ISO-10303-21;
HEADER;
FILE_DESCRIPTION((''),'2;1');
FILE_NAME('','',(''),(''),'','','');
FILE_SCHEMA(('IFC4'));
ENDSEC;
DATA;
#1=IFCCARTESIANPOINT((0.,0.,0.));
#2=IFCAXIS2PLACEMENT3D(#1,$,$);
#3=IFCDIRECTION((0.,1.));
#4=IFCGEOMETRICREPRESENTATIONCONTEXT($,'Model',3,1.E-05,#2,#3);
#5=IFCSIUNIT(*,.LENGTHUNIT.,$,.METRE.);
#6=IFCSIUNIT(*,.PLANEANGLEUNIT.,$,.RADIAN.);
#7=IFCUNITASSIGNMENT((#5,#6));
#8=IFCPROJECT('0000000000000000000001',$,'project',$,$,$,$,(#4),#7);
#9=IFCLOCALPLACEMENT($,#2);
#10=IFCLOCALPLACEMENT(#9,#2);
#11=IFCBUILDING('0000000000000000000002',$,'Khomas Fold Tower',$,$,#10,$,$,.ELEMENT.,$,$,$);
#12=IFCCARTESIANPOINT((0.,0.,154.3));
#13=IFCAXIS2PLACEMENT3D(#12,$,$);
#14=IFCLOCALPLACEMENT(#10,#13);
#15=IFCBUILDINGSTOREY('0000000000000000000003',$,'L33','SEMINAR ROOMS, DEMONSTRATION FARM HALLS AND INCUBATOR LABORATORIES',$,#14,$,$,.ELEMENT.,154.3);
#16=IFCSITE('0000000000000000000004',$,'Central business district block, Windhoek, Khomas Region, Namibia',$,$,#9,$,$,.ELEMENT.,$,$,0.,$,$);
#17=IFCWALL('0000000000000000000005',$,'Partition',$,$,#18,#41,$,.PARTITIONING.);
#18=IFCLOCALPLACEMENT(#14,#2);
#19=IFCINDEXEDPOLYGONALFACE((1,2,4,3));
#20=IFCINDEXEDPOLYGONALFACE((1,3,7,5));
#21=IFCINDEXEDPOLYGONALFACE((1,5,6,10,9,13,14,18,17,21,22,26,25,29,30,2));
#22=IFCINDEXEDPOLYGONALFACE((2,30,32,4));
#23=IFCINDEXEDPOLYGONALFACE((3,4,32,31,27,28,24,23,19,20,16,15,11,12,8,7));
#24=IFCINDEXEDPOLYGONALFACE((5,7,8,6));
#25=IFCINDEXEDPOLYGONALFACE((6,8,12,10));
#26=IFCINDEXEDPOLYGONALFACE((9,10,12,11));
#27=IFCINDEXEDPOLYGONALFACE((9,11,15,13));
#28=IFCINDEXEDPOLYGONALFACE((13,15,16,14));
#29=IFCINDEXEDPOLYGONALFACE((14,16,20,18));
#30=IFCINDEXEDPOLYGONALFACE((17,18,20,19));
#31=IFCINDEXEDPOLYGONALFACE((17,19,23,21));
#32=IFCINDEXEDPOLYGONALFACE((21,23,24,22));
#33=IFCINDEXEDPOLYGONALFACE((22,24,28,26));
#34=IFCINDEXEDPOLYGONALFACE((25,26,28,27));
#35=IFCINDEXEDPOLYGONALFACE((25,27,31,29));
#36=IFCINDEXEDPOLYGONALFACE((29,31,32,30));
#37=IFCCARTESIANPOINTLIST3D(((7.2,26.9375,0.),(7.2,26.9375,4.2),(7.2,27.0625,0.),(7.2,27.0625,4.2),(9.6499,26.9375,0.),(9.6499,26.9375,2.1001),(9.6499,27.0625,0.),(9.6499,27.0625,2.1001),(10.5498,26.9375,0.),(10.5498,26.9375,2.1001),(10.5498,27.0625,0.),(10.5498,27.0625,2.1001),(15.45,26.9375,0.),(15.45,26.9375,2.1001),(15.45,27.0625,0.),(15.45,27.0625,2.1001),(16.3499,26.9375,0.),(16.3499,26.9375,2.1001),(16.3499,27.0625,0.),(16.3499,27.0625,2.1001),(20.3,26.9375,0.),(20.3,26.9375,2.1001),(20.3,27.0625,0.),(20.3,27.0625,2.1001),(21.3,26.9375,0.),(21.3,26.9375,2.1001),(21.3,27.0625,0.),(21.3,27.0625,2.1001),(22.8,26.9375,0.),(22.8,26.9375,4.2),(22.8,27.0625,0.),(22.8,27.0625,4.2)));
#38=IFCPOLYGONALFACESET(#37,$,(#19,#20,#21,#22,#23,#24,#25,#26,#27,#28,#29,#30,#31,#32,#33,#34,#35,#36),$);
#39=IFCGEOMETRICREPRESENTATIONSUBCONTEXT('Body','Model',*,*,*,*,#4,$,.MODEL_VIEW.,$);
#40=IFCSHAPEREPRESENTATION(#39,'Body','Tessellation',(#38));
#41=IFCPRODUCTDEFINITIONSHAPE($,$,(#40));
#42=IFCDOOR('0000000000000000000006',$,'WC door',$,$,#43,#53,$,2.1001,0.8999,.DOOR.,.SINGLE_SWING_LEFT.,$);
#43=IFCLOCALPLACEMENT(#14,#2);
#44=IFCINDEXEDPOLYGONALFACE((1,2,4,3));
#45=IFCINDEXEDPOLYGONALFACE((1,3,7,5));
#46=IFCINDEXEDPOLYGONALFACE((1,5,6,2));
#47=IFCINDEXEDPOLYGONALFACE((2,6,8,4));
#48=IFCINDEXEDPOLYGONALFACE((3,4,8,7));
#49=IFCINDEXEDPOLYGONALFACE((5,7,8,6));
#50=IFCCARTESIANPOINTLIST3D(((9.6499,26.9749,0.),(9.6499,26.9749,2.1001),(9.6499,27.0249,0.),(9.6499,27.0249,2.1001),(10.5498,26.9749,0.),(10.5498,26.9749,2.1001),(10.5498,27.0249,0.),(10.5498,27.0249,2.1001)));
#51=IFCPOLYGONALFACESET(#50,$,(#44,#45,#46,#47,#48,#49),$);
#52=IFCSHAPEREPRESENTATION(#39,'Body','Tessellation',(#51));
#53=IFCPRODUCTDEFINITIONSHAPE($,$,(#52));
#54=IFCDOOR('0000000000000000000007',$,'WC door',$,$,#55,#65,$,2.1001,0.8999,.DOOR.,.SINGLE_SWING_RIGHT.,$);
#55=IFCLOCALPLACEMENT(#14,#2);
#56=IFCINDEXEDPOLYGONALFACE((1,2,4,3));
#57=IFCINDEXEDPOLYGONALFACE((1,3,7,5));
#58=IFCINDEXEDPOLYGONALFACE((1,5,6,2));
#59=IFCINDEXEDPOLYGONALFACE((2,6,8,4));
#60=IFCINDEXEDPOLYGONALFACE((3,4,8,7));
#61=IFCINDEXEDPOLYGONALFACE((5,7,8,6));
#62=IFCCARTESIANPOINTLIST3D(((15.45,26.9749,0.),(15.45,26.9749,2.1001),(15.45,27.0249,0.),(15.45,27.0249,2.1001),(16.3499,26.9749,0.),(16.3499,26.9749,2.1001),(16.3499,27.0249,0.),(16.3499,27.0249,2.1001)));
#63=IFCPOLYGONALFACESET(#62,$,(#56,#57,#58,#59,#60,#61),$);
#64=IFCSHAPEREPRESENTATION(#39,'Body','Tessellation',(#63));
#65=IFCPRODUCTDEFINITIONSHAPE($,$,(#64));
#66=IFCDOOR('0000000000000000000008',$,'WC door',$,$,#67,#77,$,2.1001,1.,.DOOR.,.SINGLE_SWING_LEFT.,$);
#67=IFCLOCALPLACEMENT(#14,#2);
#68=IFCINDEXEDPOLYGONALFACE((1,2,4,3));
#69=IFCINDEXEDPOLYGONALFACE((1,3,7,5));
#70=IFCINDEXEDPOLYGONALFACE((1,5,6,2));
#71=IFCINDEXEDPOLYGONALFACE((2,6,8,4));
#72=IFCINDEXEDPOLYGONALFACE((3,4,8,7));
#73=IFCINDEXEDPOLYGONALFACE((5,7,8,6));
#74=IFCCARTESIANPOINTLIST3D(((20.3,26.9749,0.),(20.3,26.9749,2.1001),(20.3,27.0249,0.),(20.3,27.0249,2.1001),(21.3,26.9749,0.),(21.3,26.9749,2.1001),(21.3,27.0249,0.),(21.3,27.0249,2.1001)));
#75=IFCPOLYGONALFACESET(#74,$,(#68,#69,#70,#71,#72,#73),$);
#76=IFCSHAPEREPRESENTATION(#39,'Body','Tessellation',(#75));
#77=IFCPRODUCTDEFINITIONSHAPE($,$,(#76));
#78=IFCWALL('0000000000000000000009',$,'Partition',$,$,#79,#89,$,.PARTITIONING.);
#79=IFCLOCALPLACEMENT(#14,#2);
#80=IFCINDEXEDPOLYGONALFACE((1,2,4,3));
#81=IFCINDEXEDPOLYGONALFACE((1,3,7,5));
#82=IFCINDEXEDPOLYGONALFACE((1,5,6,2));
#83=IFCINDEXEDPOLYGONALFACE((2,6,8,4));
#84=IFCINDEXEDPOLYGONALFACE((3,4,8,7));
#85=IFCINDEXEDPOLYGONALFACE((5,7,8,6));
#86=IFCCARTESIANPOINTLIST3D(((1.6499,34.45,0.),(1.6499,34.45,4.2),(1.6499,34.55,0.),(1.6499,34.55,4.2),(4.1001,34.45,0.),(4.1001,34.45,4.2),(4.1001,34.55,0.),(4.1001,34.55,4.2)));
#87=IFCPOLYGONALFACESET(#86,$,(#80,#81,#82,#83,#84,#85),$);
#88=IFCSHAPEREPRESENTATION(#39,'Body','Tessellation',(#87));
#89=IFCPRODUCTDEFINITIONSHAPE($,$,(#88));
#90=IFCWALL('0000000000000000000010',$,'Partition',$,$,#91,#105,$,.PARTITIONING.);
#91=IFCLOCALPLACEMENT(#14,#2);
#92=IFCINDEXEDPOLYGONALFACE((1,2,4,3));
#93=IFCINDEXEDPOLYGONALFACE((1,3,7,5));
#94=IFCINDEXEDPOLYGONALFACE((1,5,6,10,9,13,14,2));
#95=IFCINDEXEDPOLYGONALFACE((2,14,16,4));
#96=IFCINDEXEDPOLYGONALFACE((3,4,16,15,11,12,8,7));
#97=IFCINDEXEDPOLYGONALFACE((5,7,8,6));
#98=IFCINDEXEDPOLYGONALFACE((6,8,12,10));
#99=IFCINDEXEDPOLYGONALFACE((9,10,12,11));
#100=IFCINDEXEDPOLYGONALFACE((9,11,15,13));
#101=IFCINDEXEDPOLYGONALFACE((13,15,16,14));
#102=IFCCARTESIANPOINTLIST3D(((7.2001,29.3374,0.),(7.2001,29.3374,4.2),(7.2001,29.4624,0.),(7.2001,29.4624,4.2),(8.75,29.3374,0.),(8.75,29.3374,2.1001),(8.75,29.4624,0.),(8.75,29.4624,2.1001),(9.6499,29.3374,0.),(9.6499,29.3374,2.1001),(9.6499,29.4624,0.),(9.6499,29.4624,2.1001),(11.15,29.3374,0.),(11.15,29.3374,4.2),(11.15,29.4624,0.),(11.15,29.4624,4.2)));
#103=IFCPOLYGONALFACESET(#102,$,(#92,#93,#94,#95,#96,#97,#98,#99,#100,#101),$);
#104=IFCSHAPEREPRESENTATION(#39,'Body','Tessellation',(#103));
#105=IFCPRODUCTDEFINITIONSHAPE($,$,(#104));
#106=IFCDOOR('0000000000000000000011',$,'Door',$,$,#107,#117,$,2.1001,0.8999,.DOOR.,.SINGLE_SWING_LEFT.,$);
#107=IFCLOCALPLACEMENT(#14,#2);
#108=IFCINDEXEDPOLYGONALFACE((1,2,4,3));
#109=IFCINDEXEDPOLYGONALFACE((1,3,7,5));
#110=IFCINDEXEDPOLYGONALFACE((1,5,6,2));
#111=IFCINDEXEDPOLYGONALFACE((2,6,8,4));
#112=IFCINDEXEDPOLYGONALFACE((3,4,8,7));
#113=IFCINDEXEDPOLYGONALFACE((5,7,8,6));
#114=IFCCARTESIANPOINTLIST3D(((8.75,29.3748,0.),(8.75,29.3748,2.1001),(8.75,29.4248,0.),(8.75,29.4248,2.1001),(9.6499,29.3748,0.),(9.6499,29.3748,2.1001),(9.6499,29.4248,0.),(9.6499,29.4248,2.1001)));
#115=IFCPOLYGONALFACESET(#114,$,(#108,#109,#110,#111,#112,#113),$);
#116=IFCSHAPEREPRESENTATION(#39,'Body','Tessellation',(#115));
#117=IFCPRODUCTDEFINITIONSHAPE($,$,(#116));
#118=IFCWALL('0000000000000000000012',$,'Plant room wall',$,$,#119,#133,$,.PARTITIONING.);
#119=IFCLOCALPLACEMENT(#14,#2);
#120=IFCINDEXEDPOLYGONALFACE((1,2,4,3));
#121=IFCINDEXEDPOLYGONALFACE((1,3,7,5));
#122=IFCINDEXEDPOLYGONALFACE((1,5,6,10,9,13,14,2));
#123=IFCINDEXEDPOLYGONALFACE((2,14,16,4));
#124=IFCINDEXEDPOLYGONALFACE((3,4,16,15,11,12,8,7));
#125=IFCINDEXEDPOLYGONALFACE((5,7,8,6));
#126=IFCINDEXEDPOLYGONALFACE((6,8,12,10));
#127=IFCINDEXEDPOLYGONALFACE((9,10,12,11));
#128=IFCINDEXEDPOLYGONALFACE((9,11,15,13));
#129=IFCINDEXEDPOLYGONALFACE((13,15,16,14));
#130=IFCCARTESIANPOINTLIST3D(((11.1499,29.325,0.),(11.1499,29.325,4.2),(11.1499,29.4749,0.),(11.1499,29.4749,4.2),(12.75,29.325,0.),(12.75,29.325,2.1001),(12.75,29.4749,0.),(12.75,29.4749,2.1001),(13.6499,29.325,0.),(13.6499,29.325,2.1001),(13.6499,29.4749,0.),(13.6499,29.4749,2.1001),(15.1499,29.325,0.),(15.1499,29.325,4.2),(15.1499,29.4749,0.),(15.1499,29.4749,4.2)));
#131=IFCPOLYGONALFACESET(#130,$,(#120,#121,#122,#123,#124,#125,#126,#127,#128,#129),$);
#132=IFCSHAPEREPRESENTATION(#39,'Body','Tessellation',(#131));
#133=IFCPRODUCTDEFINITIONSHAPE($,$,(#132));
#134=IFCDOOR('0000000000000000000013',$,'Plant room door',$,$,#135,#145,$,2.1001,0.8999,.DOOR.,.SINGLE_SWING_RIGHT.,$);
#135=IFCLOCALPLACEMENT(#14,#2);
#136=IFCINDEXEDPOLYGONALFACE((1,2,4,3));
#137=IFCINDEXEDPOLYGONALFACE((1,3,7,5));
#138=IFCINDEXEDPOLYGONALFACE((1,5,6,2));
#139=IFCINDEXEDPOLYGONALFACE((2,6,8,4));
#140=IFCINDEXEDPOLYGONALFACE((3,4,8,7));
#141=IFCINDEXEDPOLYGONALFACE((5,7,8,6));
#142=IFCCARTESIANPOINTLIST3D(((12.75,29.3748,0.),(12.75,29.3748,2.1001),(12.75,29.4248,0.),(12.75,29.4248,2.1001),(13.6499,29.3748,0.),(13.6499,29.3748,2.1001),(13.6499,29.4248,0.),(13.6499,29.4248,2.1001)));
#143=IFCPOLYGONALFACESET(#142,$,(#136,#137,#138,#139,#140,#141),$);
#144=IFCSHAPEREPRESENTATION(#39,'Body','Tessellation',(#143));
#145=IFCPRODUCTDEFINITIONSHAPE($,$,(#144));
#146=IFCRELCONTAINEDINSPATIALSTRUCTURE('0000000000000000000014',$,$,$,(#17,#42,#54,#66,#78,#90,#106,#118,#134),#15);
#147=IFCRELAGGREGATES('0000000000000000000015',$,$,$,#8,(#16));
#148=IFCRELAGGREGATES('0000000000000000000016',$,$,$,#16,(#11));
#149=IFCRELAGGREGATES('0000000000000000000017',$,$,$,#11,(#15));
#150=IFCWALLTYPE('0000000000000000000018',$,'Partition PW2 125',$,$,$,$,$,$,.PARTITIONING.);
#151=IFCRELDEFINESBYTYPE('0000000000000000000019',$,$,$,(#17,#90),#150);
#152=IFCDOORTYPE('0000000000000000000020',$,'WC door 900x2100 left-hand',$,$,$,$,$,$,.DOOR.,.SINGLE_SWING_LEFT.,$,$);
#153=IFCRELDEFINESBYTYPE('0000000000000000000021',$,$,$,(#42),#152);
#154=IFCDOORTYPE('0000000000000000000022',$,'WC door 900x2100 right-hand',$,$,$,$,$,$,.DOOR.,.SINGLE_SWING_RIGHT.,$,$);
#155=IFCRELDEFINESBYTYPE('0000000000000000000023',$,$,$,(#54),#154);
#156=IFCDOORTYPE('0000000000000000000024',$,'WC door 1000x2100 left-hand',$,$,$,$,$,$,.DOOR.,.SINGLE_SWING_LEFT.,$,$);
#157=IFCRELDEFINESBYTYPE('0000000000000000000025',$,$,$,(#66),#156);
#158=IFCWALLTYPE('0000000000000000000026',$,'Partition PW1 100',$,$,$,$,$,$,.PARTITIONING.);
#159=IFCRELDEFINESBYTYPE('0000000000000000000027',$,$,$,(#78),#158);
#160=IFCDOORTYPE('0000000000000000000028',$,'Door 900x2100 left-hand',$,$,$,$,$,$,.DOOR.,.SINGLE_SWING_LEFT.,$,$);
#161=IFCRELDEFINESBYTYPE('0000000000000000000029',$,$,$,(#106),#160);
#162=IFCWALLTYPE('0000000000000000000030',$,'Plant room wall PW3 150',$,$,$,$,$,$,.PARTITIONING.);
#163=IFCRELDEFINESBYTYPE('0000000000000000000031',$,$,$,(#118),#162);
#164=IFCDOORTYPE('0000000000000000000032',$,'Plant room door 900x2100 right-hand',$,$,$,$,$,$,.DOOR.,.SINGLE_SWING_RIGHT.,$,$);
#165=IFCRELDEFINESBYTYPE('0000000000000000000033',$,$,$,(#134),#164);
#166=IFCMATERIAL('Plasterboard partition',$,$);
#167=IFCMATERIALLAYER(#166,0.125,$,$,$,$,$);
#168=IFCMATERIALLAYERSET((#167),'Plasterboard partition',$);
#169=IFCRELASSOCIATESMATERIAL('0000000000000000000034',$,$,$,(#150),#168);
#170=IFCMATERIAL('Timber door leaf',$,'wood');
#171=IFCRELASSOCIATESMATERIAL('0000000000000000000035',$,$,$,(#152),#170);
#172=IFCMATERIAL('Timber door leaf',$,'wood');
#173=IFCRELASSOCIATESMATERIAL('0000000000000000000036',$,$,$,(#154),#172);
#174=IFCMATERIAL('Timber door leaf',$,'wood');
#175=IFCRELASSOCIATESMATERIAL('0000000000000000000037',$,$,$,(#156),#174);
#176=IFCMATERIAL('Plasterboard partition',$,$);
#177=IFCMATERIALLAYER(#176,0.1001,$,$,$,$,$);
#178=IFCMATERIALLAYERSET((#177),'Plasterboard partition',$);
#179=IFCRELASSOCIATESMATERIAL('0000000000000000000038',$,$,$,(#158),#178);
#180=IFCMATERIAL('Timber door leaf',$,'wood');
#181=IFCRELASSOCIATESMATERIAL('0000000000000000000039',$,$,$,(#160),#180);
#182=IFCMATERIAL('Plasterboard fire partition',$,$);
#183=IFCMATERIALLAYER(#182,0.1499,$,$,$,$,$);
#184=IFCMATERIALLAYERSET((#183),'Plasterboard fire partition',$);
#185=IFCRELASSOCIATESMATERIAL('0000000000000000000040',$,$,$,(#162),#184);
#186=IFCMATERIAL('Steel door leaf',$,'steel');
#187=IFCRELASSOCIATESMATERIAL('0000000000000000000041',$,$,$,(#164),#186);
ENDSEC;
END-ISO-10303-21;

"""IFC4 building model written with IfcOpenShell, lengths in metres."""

from ifc_helpers import new_model, si_unit, direction, frame, frame_2d, origin, place, context, subcontext, project, spatial, rectangle, extrude, source, transform, mapped, material, layer, layer_set, type_object, element, fill, save


model = new_model("IFC4")

# Units and contexts
model_context = context("Model", 3, precision=1e-05, world=origin(), true_north=direction((0.0, 1.0)))
body_context = subcontext(model_context, "Body", "Model", "MODEL_VIEW")
ifc_project = project(units=[si_unit("LENGTHUNIT", "METRE"), si_unit("PLANEANGLEUNIT", "RADIAN")], contexts=[model_context])

# Site, building, storey
site_placement = place(None, origin())
site = spatial("IfcSite", under=ifc_project, at=site_placement, Name="Central business district block, Windhoek, Khomas Region, Namibia", CompositionType="ELEMENT", RefElevation=0.0)
building_placement = place(site_placement, origin())
building = spatial("IfcBuilding", under=site, at=building_placement, Name="Khomas Fold Tower", CompositionType="ELEMENT")
storey_placement = place(building_placement, frame((0.0, 0.0, 154.3)))
storey = spatial("IfcBuildingStorey", under=building, at=storey_placement, Name="L33", Description="SEMINAR ROOMS, DEMONSTRATION FARM HALLS AND INCUBATOR LABORATORIES", CompositionType="ELEMENT", Elevation=154.3)

# Wall, openings, doors
ifc_material_1 = material(Name="Plasterboard partition")
ifc_layer_1 = layer(ifc_material_1, 0.125)
ifc_layer_set_1 = layer_set([ifc_layer_1], Name="Plasterboard partition")
wall_type_1 = type_object("IfcWallType", Name="Partition PW2 125", PredefinedType="PARTITIONING", material=ifc_layer_set_1)
shared_shape_1 = source(origin(), body_context, "Body", "SweptSolid", [
    extrude(rectangle(XDim=15.6001, YDim=0.125, at=frame_2d((7.8, 0.0))), origin(), (0.0, 0.0, 1.0), 4.2),
])
wall_1_placement = place(storey_placement, frame((7.2, 27.0, 0.0), z_axis=(0.0, 0.0, 1.0), x_axis=(1.0, 0.0, 0.0)))
wall_1 = element("IfcWall", 1, at=wall_1_placement, inside=storey, type_object=wall_type_1, Name="Partition", PredefinedType="PARTITIONING", context=body_context, shape_type="MappedRepresentation", body=[
    mapped(shared_shape_1, transform((0.0, 0.0, 0.0))),
])
shared_shape_2 = source(origin(), body_context, "Body", "SweptSolid", [
    extrude(rectangle(XDim=0.8999, YDim=2.1001, at=frame_2d((0.45, 1.05))), frame((0.0, 0.0725, 0.0), z_axis=(0.0, -1.0, 0.0), x_axis=(1.0, 0.0, 0.0)), (0.0, 0.0, 1.0), 0.145),
])
opening_1_placement = place(wall_1_placement, frame((2.45, 0.0, 0.0)))
opening_1 = element("IfcOpeningElement", 2, at=opening_1_placement, cuts=wall_1, PredefinedType="OPENING", context=body_context, shape_type="MappedRepresentation", body=[
    mapped(shared_shape_2, transform((0.0, 0.0, 0.0))),
])
opening_2_placement = place(wall_1_placement, frame((8.25, 0.0, 0.0)))
opening_2 = element("IfcOpeningElement", 3, at=opening_2_placement, cuts=wall_1, PredefinedType="OPENING", context=body_context, shape_type="MappedRepresentation", body=[
    mapped(shared_shape_2, transform((0.0, 0.0, 0.0))),
])
shared_shape_3 = source(origin(), body_context, "Body", "SweptSolid", [
    extrude(rectangle(XDim=1.0, YDim=2.1001, at=frame_2d((0.5, 1.05))), frame((0.0, 0.0725, 0.0), z_axis=(0.0, -1.0, 0.0), x_axis=(1.0, 0.0, 0.0)), (0.0, 0.0, 1.0), 0.145),
])
opening_3_placement = place(wall_1_placement, frame((13.1001, 0.0, 0.0)))
opening_3 = element("IfcOpeningElement", 4, at=opening_3_placement, cuts=wall_1, PredefinedType="OPENING", context=body_context, shape_type="MappedRepresentation", body=[
    mapped(shared_shape_3, transform((0.0, 0.0, 0.0))),
])
ifc_material_2 = material(Name="Timber door leaf", Category="wood")
door_type_1 = type_object("IfcDoorType", Name="WC door 900x2100 left-hand", OperationType="SINGLE_SWING_LEFT", PredefinedType="DOOR", material=ifc_material_2)
shared_shape_4 = source(origin(), body_context, "Body", "SweptSolid", [
    extrude(rectangle(XDim=0.8999, YDim=2.1001, at=frame_2d((0.45, 1.05))), frame((0.0, 0.0249, 0.0), z_axis=(0.0, -1.0, 0.0), x_axis=(1.0, 0.0, 0.0)), (0.0, 0.0, 1.0), 0.05),
])
door_1_placement = place(opening_1_placement, origin())
door_1 = element("IfcDoor", 5, at=door_1_placement, inside=storey, type_object=door_type_1, Name="WC door", OperationType="SINGLE_SWING_LEFT", OverallHeight=2.1001, OverallWidth=0.8999, PredefinedType="DOOR", context=body_context, shape_type="MappedRepresentation", body=[
    mapped(shared_shape_4, transform((0.0, 0.0, 0.0))),
])
fill(opening_1, door_1)
ifc_material_3 = material(Name="Timber door leaf", Category="wood")
door_type_2 = type_object("IfcDoorType", Name="WC door 900x2100 right-hand", OperationType="SINGLE_SWING_RIGHT", PredefinedType="DOOR", material=ifc_material_3)
door_2_placement = place(opening_2_placement, origin())
door_2 = element("IfcDoor", 6, at=door_2_placement, inside=storey, type_object=door_type_2, Name="WC door", OperationType="SINGLE_SWING_RIGHT", OverallHeight=2.1001, OverallWidth=0.8999, PredefinedType="DOOR", context=body_context, shape_type="MappedRepresentation", body=[
    mapped(shared_shape_4, transform((0.0, 0.0, 0.0))),
])
fill(opening_2, door_2)
ifc_material_4 = material(Name="Timber door leaf", Category="wood")
door_type_3 = type_object("IfcDoorType", Name="WC door 1000x2100 left-hand", OperationType="SINGLE_SWING_LEFT", PredefinedType="DOOR", material=ifc_material_4)
shared_shape_5 = source(origin(), body_context, "Body", "SweptSolid", [
    extrude(rectangle(XDim=1.0, YDim=2.1001, at=frame_2d((0.5, 1.05))), frame((0.0, 0.0249, 0.0), z_axis=(0.0, -1.0, 0.0), x_axis=(1.0, 0.0, 0.0)), (0.0, 0.0, 1.0), 0.05),
])
door_3_placement = place(opening_3_placement, origin())
door_3 = element("IfcDoor", 7, at=door_3_placement, inside=storey, type_object=door_type_3, Name="WC door", OperationType="SINGLE_SWING_LEFT", OverallHeight=2.1001, OverallWidth=1.0, PredefinedType="DOOR", context=body_context, shape_type="MappedRepresentation", body=[
    mapped(shared_shape_5, transform((0.0, 0.0, 0.0))),
])
fill(opening_3, door_3)

# Wall
ifc_material_5 = material(Name="Plasterboard partition")
ifc_layer_2 = layer(ifc_material_5, 0.1001)
ifc_layer_set_2 = layer_set([ifc_layer_2], Name="Plasterboard partition")
wall_type_2 = type_object("IfcWallType", Name="Partition PW1 100", PredefinedType="PARTITIONING", material=ifc_layer_set_2)
shared_shape_6 = source(origin(), body_context, "Body", "SweptSolid", [
    extrude(rectangle(XDim=2.4502, YDim=0.1001, at=frame_2d((1.2251, 0.0))), origin(), (0.0, 0.0, 1.0), 4.2),
])
wall_2_placement = place(storey_placement, frame((1.6499, 34.5, 0.0), z_axis=(0.0, 0.0, 1.0), x_axis=(1.0, 0.0, 0.0)))
element("IfcWall", 8, at=wall_2_placement, inside=storey, type_object=wall_type_2, Name="Partition", PredefinedType="PARTITIONING", context=body_context, shape_type="MappedRepresentation", body=[
    mapped(shared_shape_6, transform((0.0, 0.0, 0.0))),
])

# Walls, openings, doors
shared_shape_7 = source(origin(), body_context, "Body", "SweptSolid", [
    extrude(rectangle(XDim=3.95, YDim=0.125, at=frame_2d((1.9751, 0.0))), origin(), (0.0, 0.0, 1.0), 4.2),
])
wall_3_placement = place(storey_placement, frame((7.2, 29.3999, 0.0), z_axis=(0.0, 0.0, 1.0), x_axis=(1.0, 0.0, 0.0)))
wall_3 = element("IfcWall", 9, at=wall_3_placement, inside=storey, type_object=wall_type_1, Name="Partition", PredefinedType="PARTITIONING", context=body_context, shape_type="MappedRepresentation", body=[
    mapped(shared_shape_7, transform((0.0, 0.0, 0.0))),
])
opening_4_placement = place(wall_3_placement, frame((1.55, 0.0, 0.0)))
opening_4 = element("IfcOpeningElement", 10, at=opening_4_placement, cuts=wall_3, PredefinedType="OPENING", context=body_context, shape_type="MappedRepresentation", body=[
    mapped(shared_shape_2, transform((0.0, 0.0, 0.0))),
])
ifc_material_6 = material(Name="Timber door leaf", Category="wood")
door_type_4 = type_object("IfcDoorType", Name="Door 900x2100 left-hand", OperationType="SINGLE_SWING_LEFT", PredefinedType="DOOR", material=ifc_material_6)
door_4_placement = place(opening_4_placement, origin())
door_4 = element("IfcDoor", 11, at=door_4_placement, inside=storey, type_object=door_type_4, Name="Door", OperationType="SINGLE_SWING_LEFT", OverallHeight=2.1001, OverallWidth=0.8999, PredefinedType="DOOR", context=body_context, shape_type="MappedRepresentation", body=[
    mapped(shared_shape_4, transform((0.0, 0.0, 0.0))),
])
fill(opening_4, door_4)
ifc_material_7 = material(Name="Plasterboard fire partition")
ifc_layer_3 = layer(ifc_material_7, 0.1499)
ifc_layer_set_3 = layer_set([ifc_layer_3], Name="Plasterboard fire partition")
wall_type_3 = type_object("IfcWallType", Name="Plant room wall PW3 150", PredefinedType="PARTITIONING", material=ifc_layer_set_3)
shared_shape_8 = source(origin(), body_context, "Body", "SweptSolid", [
    extrude(rectangle(XDim=4.0, YDim=0.1499, at=frame_2d((2.0, 0.0))), origin(), (0.0, 0.0, 1.0), 4.2),
])
wall_4_placement = place(storey_placement, frame((11.1499, 29.3999, 0.0), z_axis=(0.0, 0.0, 1.0), x_axis=(1.0, 0.0, 0.0)))
wall_4 = element("IfcWall", 12, at=wall_4_placement, inside=storey, type_object=wall_type_3, Name="Plant room wall", PredefinedType="PARTITIONING", context=body_context, shape_type="MappedRepresentation", body=[
    mapped(shared_shape_8, transform((0.0, 0.0, 0.0))),
])
shared_shape_9 = source(origin(), body_context, "Body", "SweptSolid", [
    extrude(rectangle(XDim=0.8999, YDim=2.1001, at=frame_2d((0.45, 1.05))), frame((0.0, 0.085, 0.0), z_axis=(0.0, -1.0, 0.0), x_axis=(1.0, 0.0, 0.0)), (0.0, 0.0, 1.0), 0.1699),
])
opening_5_placement = place(wall_4_placement, frame((1.6001, 0.0, 0.0)))
opening_5 = element("IfcOpeningElement", 13, at=opening_5_placement, cuts=wall_4, PredefinedType="OPENING", context=body_context, shape_type="MappedRepresentation", body=[
    mapped(shared_shape_9, transform((0.0, 0.0, 0.0))),
])
ifc_material_8 = material(Name="Steel door leaf", Category="steel")
door_type_5 = type_object("IfcDoorType", Name="Plant room door 900x2100 right-hand", OperationType="SINGLE_SWING_RIGHT", PredefinedType="DOOR", material=ifc_material_8)
door_5_placement = place(opening_5_placement, origin())
door_5 = element("IfcDoor", 14, at=door_5_placement, inside=storey, type_object=door_type_5, Name="Plant room door", OperationType="SINGLE_SWING_RIGHT", OverallHeight=2.1001, OverallWidth=0.8999, PredefinedType="DOOR", context=body_context, shape_type="MappedRepresentation", body=[
    mapped(shared_shape_4, transform((0.0, 0.0, 0.0))),
])
fill(opening_5, door_5)

save(model, "model.ifc")
